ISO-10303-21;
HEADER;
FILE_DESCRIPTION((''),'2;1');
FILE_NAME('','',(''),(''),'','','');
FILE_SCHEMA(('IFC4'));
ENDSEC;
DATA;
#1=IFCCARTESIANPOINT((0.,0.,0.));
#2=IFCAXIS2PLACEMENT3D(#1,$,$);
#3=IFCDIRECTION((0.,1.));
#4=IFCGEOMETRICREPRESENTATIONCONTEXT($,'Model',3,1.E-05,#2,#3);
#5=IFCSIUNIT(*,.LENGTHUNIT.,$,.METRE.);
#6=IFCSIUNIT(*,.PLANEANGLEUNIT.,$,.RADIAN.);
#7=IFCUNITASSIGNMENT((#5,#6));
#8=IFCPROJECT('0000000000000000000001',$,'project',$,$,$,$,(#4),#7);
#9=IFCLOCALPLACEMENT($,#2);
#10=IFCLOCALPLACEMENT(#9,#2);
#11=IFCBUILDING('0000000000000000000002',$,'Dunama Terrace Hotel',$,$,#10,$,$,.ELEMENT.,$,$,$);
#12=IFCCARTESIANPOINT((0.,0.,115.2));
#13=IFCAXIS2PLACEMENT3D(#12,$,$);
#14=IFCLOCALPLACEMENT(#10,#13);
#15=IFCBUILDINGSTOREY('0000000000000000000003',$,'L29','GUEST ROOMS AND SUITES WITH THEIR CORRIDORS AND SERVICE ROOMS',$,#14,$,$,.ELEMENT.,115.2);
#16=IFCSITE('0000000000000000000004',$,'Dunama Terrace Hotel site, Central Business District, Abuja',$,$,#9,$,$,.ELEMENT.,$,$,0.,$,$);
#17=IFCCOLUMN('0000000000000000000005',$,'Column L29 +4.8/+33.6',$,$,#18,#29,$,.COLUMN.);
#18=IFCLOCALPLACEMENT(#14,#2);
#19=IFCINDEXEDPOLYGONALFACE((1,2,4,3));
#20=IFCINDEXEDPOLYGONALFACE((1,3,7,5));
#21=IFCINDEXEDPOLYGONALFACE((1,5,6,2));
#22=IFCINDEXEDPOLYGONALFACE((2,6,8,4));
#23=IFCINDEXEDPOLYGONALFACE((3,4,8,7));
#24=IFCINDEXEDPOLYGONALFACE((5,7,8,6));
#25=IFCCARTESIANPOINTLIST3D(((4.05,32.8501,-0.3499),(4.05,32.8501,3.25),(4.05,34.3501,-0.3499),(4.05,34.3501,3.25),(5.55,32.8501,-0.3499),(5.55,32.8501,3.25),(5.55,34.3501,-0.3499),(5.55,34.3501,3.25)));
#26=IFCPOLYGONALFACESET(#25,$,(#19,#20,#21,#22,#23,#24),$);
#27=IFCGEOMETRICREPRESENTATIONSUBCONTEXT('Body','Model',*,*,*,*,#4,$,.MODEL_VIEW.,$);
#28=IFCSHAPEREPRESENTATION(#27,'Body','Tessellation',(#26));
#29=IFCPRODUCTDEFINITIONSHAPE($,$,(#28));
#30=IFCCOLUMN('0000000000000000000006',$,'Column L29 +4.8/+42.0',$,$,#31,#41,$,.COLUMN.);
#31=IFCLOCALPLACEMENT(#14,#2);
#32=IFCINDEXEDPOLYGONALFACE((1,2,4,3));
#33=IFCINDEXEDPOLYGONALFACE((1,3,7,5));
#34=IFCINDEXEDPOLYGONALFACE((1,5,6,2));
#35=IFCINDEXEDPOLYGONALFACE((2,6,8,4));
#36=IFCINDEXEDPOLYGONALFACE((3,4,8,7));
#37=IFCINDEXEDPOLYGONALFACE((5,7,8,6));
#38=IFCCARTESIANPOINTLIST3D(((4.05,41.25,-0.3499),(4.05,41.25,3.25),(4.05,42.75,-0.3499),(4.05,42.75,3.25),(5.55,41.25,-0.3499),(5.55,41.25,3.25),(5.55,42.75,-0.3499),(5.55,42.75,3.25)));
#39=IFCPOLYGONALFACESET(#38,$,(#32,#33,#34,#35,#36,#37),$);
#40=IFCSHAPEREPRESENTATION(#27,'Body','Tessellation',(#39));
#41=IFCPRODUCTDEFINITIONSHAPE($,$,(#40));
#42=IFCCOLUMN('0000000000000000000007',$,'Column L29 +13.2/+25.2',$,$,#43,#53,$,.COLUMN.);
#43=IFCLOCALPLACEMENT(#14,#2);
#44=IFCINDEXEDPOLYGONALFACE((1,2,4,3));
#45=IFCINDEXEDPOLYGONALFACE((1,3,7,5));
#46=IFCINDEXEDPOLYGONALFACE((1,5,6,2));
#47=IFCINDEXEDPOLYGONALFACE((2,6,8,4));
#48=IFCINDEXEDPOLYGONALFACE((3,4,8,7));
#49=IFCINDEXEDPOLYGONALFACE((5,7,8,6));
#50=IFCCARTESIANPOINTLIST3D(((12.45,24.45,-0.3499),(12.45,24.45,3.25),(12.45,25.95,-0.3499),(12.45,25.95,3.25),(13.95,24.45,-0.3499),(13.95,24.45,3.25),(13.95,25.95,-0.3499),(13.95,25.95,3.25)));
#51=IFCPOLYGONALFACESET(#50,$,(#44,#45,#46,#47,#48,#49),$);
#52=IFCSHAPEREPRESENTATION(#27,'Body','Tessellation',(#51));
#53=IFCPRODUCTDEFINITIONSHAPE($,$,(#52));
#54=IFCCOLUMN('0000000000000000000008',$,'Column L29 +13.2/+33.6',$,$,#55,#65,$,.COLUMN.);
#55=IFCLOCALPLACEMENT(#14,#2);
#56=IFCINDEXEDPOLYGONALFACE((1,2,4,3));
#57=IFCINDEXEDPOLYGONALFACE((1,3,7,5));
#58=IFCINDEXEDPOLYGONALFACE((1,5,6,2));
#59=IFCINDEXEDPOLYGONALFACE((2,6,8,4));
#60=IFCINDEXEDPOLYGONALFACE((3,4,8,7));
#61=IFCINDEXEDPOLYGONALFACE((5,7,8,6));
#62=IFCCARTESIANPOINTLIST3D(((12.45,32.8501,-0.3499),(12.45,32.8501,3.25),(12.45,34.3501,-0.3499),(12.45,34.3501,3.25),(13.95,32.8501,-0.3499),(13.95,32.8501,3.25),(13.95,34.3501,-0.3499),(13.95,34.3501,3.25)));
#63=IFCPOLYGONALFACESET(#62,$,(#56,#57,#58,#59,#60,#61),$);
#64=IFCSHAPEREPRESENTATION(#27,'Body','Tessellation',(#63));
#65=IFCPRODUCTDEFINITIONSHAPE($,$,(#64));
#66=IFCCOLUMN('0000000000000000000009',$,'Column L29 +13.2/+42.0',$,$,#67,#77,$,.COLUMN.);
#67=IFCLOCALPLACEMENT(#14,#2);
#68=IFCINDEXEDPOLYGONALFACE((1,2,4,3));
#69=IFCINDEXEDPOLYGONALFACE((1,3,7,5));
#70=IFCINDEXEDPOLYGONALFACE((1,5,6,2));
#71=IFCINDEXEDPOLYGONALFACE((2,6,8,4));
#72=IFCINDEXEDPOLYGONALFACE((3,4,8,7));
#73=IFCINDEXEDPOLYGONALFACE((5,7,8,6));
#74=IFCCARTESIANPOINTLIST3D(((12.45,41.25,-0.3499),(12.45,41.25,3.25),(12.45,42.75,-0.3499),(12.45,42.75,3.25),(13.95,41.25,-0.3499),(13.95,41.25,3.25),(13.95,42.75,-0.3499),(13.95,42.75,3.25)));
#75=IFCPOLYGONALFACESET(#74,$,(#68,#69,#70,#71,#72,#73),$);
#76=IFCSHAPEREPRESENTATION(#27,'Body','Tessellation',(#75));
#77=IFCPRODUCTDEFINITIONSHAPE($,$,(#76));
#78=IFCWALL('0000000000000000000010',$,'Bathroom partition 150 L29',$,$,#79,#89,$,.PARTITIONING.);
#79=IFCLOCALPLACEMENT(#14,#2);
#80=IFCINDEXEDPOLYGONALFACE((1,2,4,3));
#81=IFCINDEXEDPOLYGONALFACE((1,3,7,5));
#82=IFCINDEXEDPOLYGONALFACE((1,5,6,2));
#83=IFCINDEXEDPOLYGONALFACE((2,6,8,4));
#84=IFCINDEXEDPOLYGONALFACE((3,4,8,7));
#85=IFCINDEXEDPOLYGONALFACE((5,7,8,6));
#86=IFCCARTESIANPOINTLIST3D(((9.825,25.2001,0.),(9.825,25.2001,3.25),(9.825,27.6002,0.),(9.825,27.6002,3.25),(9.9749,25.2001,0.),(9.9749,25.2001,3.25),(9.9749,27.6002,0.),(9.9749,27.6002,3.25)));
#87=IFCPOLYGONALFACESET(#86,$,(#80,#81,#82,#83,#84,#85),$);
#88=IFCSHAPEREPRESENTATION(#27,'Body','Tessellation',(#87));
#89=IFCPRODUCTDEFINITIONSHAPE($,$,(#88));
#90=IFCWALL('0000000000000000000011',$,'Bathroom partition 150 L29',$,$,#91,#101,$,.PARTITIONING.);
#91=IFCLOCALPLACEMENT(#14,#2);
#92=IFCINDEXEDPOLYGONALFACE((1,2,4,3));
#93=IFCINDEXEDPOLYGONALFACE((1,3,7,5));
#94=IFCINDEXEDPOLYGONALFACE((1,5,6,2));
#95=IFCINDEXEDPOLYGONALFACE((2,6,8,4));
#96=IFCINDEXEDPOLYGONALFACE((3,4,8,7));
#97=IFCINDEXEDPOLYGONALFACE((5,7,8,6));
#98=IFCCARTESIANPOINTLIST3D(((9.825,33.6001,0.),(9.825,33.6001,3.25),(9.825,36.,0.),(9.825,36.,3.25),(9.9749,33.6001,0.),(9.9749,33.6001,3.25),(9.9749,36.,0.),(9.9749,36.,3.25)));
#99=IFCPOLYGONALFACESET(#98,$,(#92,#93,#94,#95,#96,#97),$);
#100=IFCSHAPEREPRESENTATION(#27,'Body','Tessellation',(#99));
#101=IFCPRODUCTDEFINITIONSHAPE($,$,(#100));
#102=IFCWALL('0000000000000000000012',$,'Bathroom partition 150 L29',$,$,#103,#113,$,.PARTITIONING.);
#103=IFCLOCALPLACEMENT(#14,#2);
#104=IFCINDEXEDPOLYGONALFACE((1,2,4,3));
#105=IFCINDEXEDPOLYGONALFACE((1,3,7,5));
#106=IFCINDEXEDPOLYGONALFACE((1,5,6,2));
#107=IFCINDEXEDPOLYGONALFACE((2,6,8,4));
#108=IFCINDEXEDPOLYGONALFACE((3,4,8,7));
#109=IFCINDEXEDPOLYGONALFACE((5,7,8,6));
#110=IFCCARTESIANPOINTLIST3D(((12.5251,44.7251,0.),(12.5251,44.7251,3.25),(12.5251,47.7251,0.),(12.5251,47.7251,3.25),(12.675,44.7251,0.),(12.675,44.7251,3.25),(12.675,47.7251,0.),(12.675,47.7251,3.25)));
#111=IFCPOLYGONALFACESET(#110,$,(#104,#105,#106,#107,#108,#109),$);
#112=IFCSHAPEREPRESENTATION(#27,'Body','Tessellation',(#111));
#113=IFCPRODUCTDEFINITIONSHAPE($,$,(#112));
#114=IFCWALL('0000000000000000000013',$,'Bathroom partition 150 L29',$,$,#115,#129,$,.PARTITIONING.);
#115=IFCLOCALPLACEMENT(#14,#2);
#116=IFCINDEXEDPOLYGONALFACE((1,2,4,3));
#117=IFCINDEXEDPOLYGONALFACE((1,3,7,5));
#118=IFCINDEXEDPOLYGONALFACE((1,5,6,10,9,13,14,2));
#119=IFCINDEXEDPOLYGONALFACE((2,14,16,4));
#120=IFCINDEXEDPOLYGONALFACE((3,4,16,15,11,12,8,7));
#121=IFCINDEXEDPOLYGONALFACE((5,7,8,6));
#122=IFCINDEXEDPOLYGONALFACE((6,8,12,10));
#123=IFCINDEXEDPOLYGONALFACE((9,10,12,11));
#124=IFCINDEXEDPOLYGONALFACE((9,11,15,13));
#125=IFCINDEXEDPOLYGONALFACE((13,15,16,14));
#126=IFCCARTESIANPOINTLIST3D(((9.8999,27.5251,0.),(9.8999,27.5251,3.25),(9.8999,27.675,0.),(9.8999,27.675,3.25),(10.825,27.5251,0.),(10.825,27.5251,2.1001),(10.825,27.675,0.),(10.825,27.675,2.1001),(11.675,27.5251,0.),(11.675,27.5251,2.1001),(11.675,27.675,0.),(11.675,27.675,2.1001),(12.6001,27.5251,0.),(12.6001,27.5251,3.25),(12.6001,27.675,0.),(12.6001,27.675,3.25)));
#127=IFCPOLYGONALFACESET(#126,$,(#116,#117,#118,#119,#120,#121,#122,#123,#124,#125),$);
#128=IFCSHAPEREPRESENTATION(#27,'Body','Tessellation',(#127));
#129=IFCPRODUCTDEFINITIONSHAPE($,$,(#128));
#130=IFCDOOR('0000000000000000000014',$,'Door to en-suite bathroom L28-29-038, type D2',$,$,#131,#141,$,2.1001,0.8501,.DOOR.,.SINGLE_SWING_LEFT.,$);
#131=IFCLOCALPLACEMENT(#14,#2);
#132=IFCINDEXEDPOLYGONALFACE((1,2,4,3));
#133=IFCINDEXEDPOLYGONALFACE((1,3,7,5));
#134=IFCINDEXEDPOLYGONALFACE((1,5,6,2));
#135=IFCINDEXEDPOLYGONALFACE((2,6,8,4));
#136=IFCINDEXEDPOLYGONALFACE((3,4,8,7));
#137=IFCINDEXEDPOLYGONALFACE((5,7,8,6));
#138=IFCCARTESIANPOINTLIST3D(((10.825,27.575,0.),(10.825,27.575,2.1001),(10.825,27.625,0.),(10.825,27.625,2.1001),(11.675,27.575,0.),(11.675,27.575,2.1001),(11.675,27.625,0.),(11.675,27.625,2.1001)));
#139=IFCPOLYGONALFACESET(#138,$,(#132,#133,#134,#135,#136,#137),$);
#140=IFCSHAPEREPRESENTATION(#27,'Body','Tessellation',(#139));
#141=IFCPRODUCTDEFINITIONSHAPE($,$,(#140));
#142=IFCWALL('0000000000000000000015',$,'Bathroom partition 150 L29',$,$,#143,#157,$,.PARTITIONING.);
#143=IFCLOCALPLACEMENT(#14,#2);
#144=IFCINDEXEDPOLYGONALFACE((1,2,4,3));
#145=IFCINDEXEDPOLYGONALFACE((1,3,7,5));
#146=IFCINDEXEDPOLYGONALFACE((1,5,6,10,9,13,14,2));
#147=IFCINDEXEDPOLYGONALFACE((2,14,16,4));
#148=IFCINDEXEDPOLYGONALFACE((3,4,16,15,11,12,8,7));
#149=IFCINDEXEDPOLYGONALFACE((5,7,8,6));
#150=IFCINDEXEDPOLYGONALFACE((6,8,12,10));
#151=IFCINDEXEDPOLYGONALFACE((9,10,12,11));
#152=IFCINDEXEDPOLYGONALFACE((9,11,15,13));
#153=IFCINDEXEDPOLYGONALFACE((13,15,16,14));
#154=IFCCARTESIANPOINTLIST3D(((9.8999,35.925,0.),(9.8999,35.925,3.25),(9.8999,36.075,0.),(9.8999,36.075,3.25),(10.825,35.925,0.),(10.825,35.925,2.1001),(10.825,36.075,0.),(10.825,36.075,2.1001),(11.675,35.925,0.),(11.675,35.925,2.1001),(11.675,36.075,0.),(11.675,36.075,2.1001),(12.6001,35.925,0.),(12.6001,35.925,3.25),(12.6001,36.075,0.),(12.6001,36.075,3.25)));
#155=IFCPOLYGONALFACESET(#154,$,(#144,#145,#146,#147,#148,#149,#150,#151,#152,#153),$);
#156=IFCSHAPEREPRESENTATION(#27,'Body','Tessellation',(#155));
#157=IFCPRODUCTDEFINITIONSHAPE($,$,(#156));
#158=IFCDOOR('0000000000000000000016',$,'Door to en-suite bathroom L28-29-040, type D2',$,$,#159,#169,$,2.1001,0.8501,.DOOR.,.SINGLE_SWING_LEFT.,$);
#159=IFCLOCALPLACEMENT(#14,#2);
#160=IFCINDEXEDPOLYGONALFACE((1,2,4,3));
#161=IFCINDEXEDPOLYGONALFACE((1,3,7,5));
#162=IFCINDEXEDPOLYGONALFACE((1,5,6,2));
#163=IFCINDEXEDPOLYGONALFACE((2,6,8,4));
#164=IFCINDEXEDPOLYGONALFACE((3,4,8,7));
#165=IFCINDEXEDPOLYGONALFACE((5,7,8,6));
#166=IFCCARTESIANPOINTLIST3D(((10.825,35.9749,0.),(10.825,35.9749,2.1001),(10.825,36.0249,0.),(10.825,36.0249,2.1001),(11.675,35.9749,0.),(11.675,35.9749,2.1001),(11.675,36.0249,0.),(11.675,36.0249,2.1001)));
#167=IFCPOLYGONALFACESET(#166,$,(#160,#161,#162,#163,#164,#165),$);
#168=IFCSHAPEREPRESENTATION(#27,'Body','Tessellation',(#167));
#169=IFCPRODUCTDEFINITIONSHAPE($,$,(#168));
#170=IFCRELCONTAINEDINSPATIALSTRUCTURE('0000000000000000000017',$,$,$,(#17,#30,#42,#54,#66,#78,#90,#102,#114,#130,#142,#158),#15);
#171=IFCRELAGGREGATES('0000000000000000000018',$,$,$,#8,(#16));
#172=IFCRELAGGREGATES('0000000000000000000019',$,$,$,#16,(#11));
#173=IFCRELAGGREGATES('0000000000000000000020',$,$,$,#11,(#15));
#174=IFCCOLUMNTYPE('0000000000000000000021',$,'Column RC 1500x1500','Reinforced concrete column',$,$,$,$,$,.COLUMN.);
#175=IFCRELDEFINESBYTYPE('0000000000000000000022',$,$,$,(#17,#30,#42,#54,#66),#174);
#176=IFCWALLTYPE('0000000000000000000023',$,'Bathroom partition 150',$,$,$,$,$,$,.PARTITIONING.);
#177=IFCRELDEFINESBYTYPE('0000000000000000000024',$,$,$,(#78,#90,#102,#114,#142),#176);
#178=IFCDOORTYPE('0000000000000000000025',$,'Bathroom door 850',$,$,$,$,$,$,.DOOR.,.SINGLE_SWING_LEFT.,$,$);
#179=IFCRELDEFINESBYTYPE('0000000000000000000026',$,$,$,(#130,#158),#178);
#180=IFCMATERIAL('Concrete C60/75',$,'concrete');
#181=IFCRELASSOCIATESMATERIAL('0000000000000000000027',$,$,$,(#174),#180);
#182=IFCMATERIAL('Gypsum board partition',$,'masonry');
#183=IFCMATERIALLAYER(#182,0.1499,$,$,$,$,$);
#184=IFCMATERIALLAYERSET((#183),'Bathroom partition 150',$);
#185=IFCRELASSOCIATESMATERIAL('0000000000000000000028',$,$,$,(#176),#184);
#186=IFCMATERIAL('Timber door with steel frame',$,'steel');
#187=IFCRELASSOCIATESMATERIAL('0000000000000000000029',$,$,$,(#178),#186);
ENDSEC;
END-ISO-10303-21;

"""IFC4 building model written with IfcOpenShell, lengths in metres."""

from ifc_helpers import new_model, si_unit, direction, frame, frame_2d, origin, origin_2d, place, context, subcontext, project, spatial, rectangle, extrude, material, layer, layer_set, material_profile, profile_set, type_object, element, fill, save


model = new_model("IFC4")

# Units and contexts
model_context = context("Model", 3, precision=1e-05, world=origin(), true_north=direction((0.0, 1.0)))
body_context = subcontext(model_context, "Body", "Model", "MODEL_VIEW")
ifc_project = project(units=[si_unit("LENGTHUNIT", "METRE"), si_unit("PLANEANGLEUNIT", "RADIAN")], contexts=[model_context])

# Site, building, storey
site_placement = place(None, origin())
site = spatial("IfcSite", under=ifc_project, at=site_placement, Name="Dunama Terrace Hotel site, Central Business District, Abuja", CompositionType="ELEMENT", RefElevation=0.0)
building_placement = place(site_placement, origin())
building = spatial("IfcBuilding", under=site, at=building_placement, Name="Dunama Terrace Hotel", CompositionType="ELEMENT")
storey_placement = place(building_placement, frame((0.0, 0.0, 115.2)))
storey = spatial("IfcBuildingStorey", under=building, at=storey_placement, Name="L29", Description="GUEST ROOMS AND SUITES WITH THEIR CORRIDORS AND SERVICE ROOMS", CompositionType="ELEMENT", Elevation=115.2)

# Columns
ifc_material_1 = material(Name="Concrete C60/75", Category="concrete")
ifc_material_profile = material_profile(ifc_material_1, rectangle(XDim=1.5, YDim=1.5, at=origin_2d()), Name="RC 1500x1500")
ifc_profile_set = profile_set([ifc_material_profile], Name="Concrete C60/75")
column_type = type_object("IfcColumnType", Name="Column RC 1500x1500", Description="Reinforced concrete column", PredefinedType="COLUMN", material=ifc_profile_set)
for number, where, z_axis, x_axis, name in (
    (1, (4.8, 33.6001, -0.3499), (0.0, 0.0, 1.0), (1.0, 0.0, 0.0), "Column L29 +4.8/+33.6"),
    (2, (4.8, 42.0, -0.3499), (0.0, 0.0, 1.0), (1.0, 0.0, 0.0), "Column L29 +4.8/+42.0"),
    (3, (13.2, 25.2, -0.3499), (0.0, 0.0, 1.0), (1.0, 0.0, 0.0), "Column L29 +13.2/+25.2"),
    (4, (13.2, 33.6001, -0.3499), (0.0, 0.0, 1.0), (1.0, 0.0, 0.0), "Column L29 +13.2/+33.6"),
    (5, (13.2, 42.0, -0.3499), (0.0, 0.0, 1.0), (1.0, 0.0, 0.0), "Column L29 +13.2/+42.0"),
):
    element("IfcColumn", number, at=place(storey_placement, frame(where, z_axis=z_axis, x_axis=x_axis)), inside=storey, type_object=column_type, Name=name, PredefinedType="COLUMN", context=body_context, shape_type="SweptSolid", body=[
        extrude(rectangle(XDim=1.5, YDim=1.5, at=origin_2d()), origin(), (0.0, 0.0, 1.0), 3.5999),
    ])

# Walls
ifc_material_2 = material(Name="Gypsum board partition", Category="masonry")
ifc_layer_1 = layer(ifc_material_2, 0.1499)
ifc_layer_set_1 = layer_set([ifc_layer_1], Name="Bathroom partition 150")
wall_type_1 = type_object("IfcWallType", Name="Bathroom partition 150", PredefinedType="PARTITIONING", material=ifc_layer_set_1)
wall_1_placement = place(storey_placement, frame((9.8999, 25.2, 0.0), z_axis=(0.0, 0.0, 1.0), x_axis=(0.0, 1.0, 0.0)))
element("IfcWall", 6, at=wall_1_placement, inside=storey, type_object=wall_type_1, Name="Bathroom partition 150 L29", PredefinedType="PARTITIONING", context=body_context, shape_type="SweptSolid", body=[
    extrude(rectangle(XDim=2.4001, YDim=0.1499, at=frame_2d((1.2002, 0.0))), origin(), (0.0, 0.0, 1.0), 3.25),
])
wall_2_placement = place(storey_placement, frame((9.8999, 33.6001, 0.0), z_axis=(0.0, 0.0, 1.0), x_axis=(0.0, 1.0, 0.0)))
element("IfcWall", 7, at=wall_2_placement, inside=storey, type_object=wall_type_1, Name="Bathroom partition 150 L29", PredefinedType="PARTITIONING", context=body_context, shape_type="SweptSolid", body=[
    extrude(rectangle(XDim=2.3999, YDim=0.1499, at=frame_2d((1.2, 0.0))), origin(), (0.0, 0.0, 1.0), 3.25),
])
wall_3_placement = place(storey_placement, frame((12.6001, 44.7251, 0.0), z_axis=(0.0, 0.0, 1.0), x_axis=(0.0, 1.0, 0.0)))
element("IfcWall", 8, at=wall_3_placement, inside=storey, type_object=wall_type_1, Name="Bathroom partition 150 L29", PredefinedType="PARTITIONING", context=body_context, shape_type="SweptSolid", body=[
    extrude(rectangle(XDim=3.0, YDim=0.1499, at=frame_2d((1.5, 0.0))), origin(), (0.0, 0.0, 1.0), 3.25),
])

# Walls, openings, doors
wall_4_placement = place(storey_placement, frame((9.8999, 27.6001, 0.0), z_axis=(0.0, 0.0, 1.0), x_axis=(1.0, 0.0, 0.0)))
wall_4 = element("IfcWall", 9, at=wall_4_placement, inside=storey, type_object=wall_type_1, Name="Bathroom partition 150 L29", PredefinedType="PARTITIONING", context=body_context, shape_type="SweptSolid", body=[
    extrude(rectangle(XDim=2.7002, YDim=0.1499, at=frame_2d((1.3501, 0.0))), origin(), (0.0, 0.0, 1.0), 3.25),
])
opening_1_placement = place(wall_4_placement, frame((0.925, 0.0, 0.0)))
opening_1 = element("IfcOpeningElement", 10, at=opening_1_placement, cuts=wall_4, PredefinedType="OPENING", context=body_context, shape_type="SweptSolid", body=[
    extrude(rectangle(XDim=0.8501, YDim=2.1001, at=frame_2d((0.425, 1.05))), frame((0.0, 0.085, 0.0), z_axis=(0.0, -1.0, 0.0), x_axis=(1.0, 0.0, 0.0)), (0.0, 0.0, 1.0), 0.1699),
])
ifc_material_3 = material(Name="Timber door with steel frame", Category="steel")
door_type_1 = type_object("IfcDoorType", Name="Bathroom door 850", OperationType="SINGLE_SWING_LEFT", PredefinedType="DOOR", material=ifc_material_3)
door_1_placement = place(opening_1_placement, frame((0.8501, 0.0, 0.0), z_axis=(0.0, 0.0, 1.0), x_axis=(-1.0, 0.0, 0.0)))
door_1 = element("IfcDoor", 11, at=door_1_placement, inside=storey, type_object=door_type_1, Name="Door to en-suite bathroom L28-29-038, type D2", OperationType="SINGLE_SWING_LEFT", OverallHeight=2.1001, OverallWidth=0.8501, PredefinedType="DOOR", context=body_context, shape_type="SweptSolid", body=[
    extrude(rectangle(XDim=0.8501, YDim=2.1001, at=frame_2d((0.425, 1.05))), frame((0.0, 0.0251, 0.0), z_axis=(0.0, -1.0, 0.0), x_axis=(1.0, 0.0, 0.0)), (0.0, 0.0, 1.0), 0.05),
])
fill(opening_1, door_1)
wall_5_placement = place(storey_placement, frame((9.8999, 36.0, 0.0), z_axis=(0.0, 0.0, 1.0), x_axis=(1.0, 0.0, 0.0)))
wall_5 = element("IfcWall", 12, at=wall_5_placement, inside=storey, type_object=wall_type_1, Name="Bathroom partition 150 L29", PredefinedType="PARTITIONING", context=body_context, shape_type="SweptSolid", body=[
    extrude(rectangle(XDim=2.7002, YDim=0.1499, at=frame_2d((1.3501, 0.0))), origin(), (0.0, 0.0, 1.0), 3.25),
])
opening_2_placement = place(wall_5_placement, frame((0.925, 0.0, 0.0)))
opening_2 = element("IfcOpeningElement", 13, at=opening_2_placement, cuts=wall_5, PredefinedType="OPENING", context=body_context, shape_type="SweptSolid", body=[
    extrude(rectangle(XDim=0.8501, YDim=2.1001, at=frame_2d((0.425, 1.05))), frame((0.0, 0.085, 0.0), z_axis=(0.0, -1.0, 0.0), x_axis=(1.0, 0.0, 0.0)), (0.0, 0.0, 1.0), 0.1699),
])
door_2_placement = place(opening_2_placement, frame((0.8501, 0.0, 0.0), z_axis=(0.0, 0.0, 1.0), x_axis=(-1.0, 0.0, 0.0)))
door_2 = element("IfcDoor", 14, at=door_2_placement, inside=storey, type_object=door_type_1, Name="Door to en-suite bathroom L28-29-040, type D2", OperationType="SINGLE_SWING_LEFT", OverallHeight=2.1001, OverallWidth=0.8501, PredefinedType="DOOR", context=body_context, shape_type="SweptSolid", body=[
    extrude(rectangle(XDim=0.8501, YDim=2.1001, at=frame_2d((0.425, 1.05))), frame((0.0, 0.0251, 0.0), z_axis=(0.0, -1.0, 0.0), x_axis=(1.0, 0.0, 0.0)), (0.0, 0.0, 1.0), 0.05),
])
fill(opening_2, door_2)

save(model, "model.ifc")
